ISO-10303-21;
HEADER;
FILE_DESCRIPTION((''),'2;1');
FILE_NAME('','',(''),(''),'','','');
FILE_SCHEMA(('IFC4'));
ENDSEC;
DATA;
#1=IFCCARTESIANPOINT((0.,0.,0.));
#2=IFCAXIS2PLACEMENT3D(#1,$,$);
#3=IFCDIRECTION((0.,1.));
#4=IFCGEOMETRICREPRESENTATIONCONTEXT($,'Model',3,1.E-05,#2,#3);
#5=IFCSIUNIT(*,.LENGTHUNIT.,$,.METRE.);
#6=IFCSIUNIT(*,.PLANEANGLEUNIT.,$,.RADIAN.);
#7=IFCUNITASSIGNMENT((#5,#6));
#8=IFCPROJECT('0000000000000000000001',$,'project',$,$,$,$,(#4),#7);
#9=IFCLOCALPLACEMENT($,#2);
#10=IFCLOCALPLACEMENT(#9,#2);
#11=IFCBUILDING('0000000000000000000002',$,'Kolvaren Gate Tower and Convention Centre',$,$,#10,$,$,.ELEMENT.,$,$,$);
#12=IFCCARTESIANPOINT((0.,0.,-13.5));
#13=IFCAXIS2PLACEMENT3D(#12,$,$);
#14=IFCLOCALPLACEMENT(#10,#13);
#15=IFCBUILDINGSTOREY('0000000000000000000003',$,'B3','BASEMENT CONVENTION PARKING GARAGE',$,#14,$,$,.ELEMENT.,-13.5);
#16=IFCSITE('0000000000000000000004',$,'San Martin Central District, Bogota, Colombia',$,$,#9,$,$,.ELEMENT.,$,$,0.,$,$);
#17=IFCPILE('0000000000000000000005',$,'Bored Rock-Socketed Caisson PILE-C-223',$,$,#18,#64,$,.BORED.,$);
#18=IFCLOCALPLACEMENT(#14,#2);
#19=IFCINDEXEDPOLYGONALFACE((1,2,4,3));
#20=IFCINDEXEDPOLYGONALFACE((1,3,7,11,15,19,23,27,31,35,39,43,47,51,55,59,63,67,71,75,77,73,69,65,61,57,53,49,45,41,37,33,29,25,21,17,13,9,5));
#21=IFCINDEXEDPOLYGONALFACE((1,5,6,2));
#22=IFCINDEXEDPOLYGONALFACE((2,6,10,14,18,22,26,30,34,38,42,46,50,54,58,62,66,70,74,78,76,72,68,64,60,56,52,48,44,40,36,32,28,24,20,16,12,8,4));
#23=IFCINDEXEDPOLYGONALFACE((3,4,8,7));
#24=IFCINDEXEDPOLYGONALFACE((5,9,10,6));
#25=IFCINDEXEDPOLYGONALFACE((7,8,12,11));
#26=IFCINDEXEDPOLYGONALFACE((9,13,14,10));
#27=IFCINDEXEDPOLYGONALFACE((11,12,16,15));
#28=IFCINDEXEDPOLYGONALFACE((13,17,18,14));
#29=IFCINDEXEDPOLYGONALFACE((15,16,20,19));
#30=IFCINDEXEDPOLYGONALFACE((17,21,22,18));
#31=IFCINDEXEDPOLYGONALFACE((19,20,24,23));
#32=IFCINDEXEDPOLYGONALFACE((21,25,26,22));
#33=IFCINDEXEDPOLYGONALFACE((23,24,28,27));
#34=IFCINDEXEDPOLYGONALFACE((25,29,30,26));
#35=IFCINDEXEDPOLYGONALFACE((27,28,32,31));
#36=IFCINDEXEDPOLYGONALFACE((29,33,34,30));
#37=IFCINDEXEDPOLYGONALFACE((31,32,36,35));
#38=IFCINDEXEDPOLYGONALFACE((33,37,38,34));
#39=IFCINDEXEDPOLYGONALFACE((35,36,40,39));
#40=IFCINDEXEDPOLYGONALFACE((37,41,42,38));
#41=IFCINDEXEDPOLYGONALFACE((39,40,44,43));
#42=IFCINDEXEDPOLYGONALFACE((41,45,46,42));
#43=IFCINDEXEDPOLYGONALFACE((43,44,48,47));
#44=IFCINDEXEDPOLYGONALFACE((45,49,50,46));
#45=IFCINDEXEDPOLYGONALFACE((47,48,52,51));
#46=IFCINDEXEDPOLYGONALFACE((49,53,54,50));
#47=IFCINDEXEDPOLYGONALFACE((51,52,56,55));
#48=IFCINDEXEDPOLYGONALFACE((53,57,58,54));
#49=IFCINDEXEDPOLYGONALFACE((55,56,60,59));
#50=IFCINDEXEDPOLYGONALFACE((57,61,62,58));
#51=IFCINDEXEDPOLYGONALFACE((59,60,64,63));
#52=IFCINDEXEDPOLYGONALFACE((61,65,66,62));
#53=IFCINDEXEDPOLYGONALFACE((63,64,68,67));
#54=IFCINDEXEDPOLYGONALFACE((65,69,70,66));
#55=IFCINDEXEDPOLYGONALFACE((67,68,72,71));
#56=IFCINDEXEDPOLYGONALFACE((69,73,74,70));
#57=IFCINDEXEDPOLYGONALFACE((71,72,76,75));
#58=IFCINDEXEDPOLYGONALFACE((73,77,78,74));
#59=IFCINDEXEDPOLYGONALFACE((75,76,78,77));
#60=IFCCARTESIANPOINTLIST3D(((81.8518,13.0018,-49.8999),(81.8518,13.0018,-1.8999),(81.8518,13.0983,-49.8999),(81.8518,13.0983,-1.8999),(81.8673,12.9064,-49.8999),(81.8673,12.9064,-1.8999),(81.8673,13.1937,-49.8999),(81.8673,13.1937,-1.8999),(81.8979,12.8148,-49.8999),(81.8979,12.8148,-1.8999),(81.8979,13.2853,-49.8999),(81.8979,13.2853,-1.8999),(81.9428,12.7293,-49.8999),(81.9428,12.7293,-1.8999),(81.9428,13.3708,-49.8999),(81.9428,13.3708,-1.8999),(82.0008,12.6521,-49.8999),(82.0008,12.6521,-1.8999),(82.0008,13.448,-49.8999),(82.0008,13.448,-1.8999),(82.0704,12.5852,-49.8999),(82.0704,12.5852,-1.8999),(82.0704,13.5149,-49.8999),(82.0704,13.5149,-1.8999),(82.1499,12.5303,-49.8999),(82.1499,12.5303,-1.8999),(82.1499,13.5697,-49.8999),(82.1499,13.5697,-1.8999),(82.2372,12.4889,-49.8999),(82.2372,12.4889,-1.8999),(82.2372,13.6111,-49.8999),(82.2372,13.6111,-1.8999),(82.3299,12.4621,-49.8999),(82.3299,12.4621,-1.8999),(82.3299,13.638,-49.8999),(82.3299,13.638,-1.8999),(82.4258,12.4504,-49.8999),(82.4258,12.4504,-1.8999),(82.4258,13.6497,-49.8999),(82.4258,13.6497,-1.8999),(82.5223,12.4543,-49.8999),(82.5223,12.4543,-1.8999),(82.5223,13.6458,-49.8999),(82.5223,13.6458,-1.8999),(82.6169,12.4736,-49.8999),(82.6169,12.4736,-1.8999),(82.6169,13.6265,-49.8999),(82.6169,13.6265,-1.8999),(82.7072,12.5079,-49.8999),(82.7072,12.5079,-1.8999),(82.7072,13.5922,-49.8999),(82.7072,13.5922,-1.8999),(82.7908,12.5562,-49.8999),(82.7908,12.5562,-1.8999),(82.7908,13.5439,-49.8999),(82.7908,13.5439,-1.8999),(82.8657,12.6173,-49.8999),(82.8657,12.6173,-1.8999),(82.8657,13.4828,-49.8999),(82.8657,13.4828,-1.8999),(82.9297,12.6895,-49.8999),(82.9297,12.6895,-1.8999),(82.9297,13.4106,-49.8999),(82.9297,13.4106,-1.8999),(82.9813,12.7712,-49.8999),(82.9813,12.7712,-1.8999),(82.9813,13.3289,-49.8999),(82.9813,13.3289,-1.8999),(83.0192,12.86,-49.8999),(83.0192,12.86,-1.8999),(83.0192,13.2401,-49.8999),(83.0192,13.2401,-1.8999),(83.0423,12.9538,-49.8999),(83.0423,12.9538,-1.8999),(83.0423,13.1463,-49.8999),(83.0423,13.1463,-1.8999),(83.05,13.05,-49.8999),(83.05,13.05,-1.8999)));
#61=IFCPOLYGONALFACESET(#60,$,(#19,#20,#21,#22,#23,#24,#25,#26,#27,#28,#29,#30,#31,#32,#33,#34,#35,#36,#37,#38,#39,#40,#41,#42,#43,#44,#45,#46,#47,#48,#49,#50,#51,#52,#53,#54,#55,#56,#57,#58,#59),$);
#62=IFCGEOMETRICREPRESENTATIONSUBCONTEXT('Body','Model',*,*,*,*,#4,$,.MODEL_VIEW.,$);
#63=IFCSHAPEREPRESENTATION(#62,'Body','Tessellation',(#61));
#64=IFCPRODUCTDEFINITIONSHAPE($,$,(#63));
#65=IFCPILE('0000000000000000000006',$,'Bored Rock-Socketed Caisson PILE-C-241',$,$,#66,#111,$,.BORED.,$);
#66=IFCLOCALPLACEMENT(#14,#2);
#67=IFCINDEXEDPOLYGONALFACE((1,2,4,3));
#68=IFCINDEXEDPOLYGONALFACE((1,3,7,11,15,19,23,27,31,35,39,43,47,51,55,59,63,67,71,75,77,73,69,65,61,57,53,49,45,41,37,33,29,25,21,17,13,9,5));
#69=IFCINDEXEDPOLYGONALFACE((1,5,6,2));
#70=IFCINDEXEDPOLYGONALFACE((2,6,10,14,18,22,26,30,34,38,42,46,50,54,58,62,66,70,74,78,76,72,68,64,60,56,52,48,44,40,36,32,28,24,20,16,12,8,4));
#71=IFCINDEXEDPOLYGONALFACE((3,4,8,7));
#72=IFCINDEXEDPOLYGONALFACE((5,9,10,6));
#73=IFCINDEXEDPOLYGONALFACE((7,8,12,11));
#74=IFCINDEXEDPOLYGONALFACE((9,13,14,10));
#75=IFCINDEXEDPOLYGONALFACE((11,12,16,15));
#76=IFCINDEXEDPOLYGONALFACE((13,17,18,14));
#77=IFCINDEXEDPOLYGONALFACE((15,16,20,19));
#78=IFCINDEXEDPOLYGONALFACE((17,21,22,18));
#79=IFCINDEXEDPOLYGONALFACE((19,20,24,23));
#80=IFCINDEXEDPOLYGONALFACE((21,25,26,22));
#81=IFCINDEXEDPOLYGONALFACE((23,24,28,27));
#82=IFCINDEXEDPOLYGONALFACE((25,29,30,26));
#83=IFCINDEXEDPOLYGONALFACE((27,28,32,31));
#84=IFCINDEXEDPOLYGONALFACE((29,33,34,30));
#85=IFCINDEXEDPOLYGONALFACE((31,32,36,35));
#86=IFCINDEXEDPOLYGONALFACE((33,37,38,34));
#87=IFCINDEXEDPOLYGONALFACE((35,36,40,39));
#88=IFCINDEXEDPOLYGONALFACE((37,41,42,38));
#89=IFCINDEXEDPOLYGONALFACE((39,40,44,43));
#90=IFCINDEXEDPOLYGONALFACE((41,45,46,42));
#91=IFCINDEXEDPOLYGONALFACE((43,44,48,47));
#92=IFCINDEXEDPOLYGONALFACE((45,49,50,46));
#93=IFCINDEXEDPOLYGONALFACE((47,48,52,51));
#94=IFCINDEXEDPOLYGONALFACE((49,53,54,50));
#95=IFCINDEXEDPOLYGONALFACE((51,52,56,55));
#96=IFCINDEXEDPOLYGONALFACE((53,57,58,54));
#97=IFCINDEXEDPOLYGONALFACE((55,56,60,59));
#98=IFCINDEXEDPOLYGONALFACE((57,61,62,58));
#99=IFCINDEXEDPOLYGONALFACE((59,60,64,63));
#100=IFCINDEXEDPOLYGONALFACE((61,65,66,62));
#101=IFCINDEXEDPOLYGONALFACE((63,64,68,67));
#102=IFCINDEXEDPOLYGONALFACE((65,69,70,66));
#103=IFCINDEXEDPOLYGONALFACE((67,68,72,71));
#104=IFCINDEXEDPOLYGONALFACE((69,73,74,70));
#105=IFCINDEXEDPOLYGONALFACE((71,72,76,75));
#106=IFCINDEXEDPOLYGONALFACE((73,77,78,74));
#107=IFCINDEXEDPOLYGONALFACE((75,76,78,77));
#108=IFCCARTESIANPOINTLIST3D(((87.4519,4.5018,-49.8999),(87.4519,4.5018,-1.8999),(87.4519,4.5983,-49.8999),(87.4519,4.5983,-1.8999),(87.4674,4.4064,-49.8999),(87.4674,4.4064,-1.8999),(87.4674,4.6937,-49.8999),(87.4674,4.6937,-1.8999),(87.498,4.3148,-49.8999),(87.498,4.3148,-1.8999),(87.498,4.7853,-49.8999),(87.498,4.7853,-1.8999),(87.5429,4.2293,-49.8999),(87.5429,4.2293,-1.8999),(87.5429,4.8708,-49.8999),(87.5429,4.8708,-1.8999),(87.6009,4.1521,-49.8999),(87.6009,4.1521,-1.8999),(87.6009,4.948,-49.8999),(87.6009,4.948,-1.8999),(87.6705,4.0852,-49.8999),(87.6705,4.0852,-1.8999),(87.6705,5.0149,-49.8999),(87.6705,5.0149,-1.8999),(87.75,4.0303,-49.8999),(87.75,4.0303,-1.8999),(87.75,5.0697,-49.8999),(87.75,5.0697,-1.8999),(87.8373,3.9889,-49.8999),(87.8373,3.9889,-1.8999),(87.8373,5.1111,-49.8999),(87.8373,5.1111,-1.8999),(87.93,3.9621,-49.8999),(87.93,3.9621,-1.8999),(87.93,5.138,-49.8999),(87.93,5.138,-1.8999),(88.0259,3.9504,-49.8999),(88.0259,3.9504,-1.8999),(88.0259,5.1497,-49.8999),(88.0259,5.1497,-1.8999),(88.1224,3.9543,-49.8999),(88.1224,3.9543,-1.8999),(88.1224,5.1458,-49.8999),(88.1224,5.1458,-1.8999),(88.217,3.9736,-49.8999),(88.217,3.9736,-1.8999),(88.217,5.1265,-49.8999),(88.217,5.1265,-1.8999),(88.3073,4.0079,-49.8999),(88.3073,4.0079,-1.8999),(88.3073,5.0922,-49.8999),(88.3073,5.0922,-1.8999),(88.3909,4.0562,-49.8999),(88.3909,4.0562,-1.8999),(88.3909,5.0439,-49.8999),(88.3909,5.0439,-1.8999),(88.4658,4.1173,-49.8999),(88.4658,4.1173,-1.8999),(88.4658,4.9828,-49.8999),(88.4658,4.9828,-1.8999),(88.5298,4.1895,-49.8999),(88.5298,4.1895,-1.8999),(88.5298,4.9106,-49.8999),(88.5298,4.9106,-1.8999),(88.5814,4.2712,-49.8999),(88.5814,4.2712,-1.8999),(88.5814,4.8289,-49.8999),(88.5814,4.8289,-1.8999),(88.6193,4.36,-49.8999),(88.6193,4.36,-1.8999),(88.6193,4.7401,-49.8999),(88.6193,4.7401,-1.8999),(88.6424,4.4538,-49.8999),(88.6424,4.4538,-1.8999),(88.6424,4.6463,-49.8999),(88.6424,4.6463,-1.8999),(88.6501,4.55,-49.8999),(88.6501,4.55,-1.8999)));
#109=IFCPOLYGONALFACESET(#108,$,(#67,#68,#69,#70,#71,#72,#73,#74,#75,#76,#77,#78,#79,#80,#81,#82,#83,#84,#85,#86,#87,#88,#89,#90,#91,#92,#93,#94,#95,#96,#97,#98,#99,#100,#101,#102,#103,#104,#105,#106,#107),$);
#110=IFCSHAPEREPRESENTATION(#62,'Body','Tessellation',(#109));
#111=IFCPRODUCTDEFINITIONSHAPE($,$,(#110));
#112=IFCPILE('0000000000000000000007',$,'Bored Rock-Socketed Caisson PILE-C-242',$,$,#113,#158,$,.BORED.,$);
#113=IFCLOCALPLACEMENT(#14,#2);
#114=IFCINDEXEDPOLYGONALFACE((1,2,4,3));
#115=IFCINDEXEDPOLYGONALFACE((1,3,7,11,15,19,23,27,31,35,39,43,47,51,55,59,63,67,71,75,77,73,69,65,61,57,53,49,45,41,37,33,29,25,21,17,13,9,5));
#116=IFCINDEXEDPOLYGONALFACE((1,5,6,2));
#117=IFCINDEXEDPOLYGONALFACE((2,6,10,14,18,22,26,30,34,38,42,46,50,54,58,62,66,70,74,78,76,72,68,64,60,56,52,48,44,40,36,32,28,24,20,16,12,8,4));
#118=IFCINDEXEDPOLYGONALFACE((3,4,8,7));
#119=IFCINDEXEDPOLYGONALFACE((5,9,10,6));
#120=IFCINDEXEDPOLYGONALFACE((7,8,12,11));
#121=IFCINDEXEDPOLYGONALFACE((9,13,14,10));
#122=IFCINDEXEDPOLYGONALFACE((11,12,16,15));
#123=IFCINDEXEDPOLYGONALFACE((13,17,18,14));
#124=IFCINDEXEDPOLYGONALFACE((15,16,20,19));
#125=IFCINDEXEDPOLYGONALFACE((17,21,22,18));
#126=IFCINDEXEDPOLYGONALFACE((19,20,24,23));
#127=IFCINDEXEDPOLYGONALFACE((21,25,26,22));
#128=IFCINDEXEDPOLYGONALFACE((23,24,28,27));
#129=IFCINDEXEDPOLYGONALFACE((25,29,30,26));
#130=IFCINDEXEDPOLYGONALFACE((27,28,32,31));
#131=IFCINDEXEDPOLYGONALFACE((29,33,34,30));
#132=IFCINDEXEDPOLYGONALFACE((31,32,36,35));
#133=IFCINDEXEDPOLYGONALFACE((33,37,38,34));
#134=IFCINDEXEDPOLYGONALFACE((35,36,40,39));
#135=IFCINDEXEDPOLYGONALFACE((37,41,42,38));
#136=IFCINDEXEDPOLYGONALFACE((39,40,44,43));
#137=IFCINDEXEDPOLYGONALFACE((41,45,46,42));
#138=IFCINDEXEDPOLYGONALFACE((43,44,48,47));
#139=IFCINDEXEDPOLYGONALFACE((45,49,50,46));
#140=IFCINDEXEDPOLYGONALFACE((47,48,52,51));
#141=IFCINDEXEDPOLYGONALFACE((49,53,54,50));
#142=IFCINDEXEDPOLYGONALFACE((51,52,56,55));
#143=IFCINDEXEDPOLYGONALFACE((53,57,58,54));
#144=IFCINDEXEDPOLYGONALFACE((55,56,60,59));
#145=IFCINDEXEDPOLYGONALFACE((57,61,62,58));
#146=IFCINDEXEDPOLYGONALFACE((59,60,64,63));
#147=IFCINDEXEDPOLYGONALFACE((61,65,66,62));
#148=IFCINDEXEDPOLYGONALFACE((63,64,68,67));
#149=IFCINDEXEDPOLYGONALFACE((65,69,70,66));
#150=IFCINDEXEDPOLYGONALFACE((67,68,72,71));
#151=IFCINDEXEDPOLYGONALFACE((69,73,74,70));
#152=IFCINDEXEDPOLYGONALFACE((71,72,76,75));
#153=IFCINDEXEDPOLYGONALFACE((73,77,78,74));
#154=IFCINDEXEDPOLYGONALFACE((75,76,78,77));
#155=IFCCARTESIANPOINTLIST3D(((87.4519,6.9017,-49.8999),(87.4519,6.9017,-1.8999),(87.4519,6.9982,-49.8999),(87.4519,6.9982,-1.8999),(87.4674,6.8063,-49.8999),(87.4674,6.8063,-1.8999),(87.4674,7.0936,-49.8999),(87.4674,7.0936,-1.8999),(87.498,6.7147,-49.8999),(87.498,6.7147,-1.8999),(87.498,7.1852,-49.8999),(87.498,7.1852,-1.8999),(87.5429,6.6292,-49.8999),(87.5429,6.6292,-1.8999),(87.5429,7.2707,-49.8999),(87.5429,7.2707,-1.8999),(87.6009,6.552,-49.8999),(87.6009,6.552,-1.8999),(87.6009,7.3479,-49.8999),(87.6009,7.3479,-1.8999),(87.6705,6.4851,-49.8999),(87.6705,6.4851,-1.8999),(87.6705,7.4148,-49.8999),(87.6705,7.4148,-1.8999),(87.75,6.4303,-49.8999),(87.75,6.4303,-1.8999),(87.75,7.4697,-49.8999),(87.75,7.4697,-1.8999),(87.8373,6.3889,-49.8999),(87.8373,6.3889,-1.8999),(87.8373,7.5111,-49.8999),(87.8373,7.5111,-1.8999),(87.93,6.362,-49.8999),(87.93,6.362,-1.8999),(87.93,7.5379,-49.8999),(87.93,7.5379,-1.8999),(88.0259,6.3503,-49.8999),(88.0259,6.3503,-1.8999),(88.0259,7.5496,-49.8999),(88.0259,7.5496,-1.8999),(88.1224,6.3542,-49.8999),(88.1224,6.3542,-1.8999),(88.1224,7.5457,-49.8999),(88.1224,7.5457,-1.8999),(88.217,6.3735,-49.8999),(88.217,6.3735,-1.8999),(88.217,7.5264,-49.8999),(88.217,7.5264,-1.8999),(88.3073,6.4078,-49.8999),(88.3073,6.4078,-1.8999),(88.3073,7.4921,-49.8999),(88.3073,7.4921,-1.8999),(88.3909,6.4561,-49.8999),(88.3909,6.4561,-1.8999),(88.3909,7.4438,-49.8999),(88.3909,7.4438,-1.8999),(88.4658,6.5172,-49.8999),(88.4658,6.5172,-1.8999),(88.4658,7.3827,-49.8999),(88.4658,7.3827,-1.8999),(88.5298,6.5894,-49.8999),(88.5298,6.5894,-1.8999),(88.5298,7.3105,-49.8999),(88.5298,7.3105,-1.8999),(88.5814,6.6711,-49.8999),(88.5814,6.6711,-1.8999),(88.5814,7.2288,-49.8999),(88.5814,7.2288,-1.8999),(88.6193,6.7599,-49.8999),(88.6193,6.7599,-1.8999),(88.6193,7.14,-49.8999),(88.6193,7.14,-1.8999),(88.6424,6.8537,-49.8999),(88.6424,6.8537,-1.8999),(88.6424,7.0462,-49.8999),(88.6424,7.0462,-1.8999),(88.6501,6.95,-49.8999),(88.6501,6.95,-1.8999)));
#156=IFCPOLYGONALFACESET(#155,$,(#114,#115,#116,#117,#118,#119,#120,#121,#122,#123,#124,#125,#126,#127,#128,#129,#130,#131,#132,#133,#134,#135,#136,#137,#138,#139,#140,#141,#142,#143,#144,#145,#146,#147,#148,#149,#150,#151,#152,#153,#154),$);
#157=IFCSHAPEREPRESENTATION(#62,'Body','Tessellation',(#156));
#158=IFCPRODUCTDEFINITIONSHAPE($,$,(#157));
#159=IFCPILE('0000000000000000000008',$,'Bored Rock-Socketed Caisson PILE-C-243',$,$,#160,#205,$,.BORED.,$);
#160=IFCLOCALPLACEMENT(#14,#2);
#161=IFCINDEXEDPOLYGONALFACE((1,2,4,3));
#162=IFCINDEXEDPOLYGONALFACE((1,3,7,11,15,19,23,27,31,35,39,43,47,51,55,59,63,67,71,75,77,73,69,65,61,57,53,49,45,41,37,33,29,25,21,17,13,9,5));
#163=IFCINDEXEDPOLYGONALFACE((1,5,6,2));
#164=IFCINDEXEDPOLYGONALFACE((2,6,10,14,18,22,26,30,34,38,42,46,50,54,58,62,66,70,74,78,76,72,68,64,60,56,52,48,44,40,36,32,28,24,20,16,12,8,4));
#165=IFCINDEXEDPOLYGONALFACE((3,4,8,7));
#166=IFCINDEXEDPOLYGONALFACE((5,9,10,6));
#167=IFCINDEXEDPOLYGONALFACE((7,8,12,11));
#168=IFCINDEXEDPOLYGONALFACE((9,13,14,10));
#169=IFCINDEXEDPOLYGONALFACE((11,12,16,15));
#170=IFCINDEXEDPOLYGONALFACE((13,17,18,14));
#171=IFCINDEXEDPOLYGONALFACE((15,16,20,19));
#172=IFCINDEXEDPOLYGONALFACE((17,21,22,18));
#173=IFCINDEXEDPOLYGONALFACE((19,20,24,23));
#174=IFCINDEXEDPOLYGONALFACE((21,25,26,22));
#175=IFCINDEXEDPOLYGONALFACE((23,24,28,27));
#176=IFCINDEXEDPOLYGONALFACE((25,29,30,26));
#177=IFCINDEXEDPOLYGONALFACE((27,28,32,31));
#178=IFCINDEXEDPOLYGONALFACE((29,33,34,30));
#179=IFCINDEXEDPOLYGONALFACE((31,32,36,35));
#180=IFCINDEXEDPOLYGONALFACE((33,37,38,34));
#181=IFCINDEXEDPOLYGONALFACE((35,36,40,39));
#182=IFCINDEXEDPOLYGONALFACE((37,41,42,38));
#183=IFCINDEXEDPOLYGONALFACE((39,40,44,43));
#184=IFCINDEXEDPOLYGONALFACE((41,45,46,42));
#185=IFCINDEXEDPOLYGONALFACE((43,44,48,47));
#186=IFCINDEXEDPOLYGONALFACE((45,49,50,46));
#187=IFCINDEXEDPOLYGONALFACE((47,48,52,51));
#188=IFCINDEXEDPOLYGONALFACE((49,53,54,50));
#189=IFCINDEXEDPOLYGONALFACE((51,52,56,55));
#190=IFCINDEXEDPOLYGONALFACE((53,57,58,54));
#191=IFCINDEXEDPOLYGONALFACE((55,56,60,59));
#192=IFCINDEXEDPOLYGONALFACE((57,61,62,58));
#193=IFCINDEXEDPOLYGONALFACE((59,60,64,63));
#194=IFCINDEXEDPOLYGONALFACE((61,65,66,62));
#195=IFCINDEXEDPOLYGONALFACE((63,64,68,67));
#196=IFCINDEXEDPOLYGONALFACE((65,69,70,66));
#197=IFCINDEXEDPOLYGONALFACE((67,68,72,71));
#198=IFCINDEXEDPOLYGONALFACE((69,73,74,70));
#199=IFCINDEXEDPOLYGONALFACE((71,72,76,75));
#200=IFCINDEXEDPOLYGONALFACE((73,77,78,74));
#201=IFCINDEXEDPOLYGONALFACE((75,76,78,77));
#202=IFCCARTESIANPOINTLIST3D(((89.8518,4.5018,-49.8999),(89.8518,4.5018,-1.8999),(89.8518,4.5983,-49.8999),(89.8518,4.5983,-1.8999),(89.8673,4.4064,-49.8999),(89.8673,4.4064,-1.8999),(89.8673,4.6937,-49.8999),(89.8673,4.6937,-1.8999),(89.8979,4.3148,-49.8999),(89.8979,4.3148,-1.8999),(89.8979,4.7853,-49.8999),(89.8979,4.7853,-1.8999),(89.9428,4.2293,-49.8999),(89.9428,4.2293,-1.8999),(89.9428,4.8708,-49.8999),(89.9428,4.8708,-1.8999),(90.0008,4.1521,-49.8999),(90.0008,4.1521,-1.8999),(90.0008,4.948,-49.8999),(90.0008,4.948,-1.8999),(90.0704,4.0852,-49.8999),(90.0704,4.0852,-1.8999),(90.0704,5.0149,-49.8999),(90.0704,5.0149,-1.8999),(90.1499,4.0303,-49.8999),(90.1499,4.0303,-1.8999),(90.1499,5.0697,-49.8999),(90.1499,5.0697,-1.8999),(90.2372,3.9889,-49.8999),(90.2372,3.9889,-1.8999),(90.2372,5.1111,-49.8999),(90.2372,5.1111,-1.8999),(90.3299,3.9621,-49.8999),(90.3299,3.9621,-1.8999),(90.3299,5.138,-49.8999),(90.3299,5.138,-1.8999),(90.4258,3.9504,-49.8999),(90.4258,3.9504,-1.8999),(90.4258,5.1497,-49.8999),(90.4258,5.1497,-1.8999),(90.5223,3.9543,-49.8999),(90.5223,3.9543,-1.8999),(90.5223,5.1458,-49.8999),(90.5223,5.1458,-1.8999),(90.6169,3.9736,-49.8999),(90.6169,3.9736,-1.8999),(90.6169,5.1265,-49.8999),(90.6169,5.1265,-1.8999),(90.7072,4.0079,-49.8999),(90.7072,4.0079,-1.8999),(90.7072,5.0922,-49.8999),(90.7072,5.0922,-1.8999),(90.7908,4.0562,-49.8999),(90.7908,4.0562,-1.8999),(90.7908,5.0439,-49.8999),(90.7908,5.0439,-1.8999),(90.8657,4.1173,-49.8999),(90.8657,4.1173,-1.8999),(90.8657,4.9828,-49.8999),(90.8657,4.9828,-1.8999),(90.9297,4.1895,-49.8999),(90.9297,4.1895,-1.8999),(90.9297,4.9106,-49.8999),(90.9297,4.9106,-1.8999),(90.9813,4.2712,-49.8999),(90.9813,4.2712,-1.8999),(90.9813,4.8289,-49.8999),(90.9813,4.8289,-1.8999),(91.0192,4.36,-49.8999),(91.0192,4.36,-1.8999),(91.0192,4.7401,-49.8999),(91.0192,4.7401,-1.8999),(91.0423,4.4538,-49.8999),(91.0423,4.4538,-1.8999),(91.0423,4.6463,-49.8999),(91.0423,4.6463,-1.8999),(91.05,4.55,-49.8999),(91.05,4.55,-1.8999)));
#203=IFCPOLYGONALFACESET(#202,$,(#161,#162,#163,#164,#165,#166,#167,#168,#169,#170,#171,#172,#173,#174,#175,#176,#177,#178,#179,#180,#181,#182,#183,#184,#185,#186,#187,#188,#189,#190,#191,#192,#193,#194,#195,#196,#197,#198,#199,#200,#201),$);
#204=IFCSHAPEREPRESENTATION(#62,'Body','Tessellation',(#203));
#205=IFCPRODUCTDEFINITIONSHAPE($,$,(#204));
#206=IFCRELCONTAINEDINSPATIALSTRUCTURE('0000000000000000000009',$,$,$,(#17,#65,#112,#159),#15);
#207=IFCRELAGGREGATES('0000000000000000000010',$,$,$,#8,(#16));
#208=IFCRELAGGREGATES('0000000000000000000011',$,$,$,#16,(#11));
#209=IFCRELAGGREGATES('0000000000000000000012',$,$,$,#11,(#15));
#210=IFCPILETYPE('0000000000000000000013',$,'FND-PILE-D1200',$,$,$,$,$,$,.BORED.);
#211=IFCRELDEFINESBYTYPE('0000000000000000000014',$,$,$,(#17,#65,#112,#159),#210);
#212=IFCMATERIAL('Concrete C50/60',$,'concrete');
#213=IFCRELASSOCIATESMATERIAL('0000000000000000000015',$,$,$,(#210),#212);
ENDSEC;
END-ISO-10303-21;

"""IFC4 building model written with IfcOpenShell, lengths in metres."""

from ifc_helpers import new_model, si_unit, direction, frame, origin, origin_2d, place, context, subcontext, project, spatial, circle, extrude, material, material_profile, profile_set, type_object, element, save


model = new_model("IFC4")

# Units and contexts
model_context = context("Model", 3, precision=1e-05, world=origin(), true_north=direction((0.0, 1.0)))
body_context = subcontext(model_context, "Body", "Model", "MODEL_VIEW")
ifc_project = project(units=[si_unit("LENGTHUNIT", "METRE"), si_unit("PLANEANGLEUNIT", "RADIAN")], contexts=[model_context])

# Site, building, storey
site_placement = place(None, origin())
site = spatial("IfcSite", under=ifc_project, at=site_placement, Name="San Martin Central District, Bogota, Colombia", CompositionType="ELEMENT", RefElevation=0.0)
building_placement = place(site_placement, origin())
building = spatial("IfcBuilding", under=site, at=building_placement, Name="Kolvaren Gate Tower and Convention Centre", CompositionType="ELEMENT")
storey_placement = place(building_placement, frame((0.0, 0.0, -13.5)))
storey = spatial("IfcBuildingStorey", under=building, at=storey_placement, Name="B3", Description="BASEMENT CONVENTION PARKING GARAGE", CompositionType="ELEMENT", Elevation=-13.5)

# Shared definitions
ifc_material_1 = material(Name="Concrete C50/60", Category="concrete")

# Piles
ifc_material_profile_1 = material_profile(ifc_material_1, circle(Radius=0.6001, at=origin_2d()), Name="CAISSON-D1200")
ifc_profile_set_1 = profile_set([ifc_material_profile_1], Name="Concrete C50/60")
pile_type = type_object("IfcPileType", Name="FND-PILE-D1200", PredefinedType="BORED", material=ifc_profile_set_1)
for number, where, z_axis, x_axis, name in (
    (1, (82.45, 13.05, -1.8999), (0.0, 0.0, -1.0), (1.0, 0.0, 0.0), "Bored Rock-Socketed Caisson PILE-C-223"),
    (2, (88.05, 4.55, -1.8999), (0.0, 0.0, -1.0), (1.0, 0.0, 0.0), "Bored Rock-Socketed Caisson PILE-C-241"),
    (3, (88.05, 6.95, -1.8999), (0.0, 0.0, -1.0), (1.0, 0.0, 0.0), "Bored Rock-Socketed Caisson PILE-C-242"),
    (4, (90.45, 4.55, -1.8999), (0.0, 0.0, -1.0), (1.0, 0.0, 0.0), "Bored Rock-Socketed Caisson PILE-C-243"),
):
    element("IfcPile", number, at=place(storey_placement, frame(where, z_axis=z_axis, x_axis=x_axis)), inside=storey, type_object=pile_type, Name=name, PredefinedType="BORED", context=body_context, shape_type="SweptSolid", body=[
        extrude(circle(Radius=0.6001, at=origin_2d()), origin(), (0.0, 0.0, 1.0), 48.0),
    ])

save(model, "model.ifc")
